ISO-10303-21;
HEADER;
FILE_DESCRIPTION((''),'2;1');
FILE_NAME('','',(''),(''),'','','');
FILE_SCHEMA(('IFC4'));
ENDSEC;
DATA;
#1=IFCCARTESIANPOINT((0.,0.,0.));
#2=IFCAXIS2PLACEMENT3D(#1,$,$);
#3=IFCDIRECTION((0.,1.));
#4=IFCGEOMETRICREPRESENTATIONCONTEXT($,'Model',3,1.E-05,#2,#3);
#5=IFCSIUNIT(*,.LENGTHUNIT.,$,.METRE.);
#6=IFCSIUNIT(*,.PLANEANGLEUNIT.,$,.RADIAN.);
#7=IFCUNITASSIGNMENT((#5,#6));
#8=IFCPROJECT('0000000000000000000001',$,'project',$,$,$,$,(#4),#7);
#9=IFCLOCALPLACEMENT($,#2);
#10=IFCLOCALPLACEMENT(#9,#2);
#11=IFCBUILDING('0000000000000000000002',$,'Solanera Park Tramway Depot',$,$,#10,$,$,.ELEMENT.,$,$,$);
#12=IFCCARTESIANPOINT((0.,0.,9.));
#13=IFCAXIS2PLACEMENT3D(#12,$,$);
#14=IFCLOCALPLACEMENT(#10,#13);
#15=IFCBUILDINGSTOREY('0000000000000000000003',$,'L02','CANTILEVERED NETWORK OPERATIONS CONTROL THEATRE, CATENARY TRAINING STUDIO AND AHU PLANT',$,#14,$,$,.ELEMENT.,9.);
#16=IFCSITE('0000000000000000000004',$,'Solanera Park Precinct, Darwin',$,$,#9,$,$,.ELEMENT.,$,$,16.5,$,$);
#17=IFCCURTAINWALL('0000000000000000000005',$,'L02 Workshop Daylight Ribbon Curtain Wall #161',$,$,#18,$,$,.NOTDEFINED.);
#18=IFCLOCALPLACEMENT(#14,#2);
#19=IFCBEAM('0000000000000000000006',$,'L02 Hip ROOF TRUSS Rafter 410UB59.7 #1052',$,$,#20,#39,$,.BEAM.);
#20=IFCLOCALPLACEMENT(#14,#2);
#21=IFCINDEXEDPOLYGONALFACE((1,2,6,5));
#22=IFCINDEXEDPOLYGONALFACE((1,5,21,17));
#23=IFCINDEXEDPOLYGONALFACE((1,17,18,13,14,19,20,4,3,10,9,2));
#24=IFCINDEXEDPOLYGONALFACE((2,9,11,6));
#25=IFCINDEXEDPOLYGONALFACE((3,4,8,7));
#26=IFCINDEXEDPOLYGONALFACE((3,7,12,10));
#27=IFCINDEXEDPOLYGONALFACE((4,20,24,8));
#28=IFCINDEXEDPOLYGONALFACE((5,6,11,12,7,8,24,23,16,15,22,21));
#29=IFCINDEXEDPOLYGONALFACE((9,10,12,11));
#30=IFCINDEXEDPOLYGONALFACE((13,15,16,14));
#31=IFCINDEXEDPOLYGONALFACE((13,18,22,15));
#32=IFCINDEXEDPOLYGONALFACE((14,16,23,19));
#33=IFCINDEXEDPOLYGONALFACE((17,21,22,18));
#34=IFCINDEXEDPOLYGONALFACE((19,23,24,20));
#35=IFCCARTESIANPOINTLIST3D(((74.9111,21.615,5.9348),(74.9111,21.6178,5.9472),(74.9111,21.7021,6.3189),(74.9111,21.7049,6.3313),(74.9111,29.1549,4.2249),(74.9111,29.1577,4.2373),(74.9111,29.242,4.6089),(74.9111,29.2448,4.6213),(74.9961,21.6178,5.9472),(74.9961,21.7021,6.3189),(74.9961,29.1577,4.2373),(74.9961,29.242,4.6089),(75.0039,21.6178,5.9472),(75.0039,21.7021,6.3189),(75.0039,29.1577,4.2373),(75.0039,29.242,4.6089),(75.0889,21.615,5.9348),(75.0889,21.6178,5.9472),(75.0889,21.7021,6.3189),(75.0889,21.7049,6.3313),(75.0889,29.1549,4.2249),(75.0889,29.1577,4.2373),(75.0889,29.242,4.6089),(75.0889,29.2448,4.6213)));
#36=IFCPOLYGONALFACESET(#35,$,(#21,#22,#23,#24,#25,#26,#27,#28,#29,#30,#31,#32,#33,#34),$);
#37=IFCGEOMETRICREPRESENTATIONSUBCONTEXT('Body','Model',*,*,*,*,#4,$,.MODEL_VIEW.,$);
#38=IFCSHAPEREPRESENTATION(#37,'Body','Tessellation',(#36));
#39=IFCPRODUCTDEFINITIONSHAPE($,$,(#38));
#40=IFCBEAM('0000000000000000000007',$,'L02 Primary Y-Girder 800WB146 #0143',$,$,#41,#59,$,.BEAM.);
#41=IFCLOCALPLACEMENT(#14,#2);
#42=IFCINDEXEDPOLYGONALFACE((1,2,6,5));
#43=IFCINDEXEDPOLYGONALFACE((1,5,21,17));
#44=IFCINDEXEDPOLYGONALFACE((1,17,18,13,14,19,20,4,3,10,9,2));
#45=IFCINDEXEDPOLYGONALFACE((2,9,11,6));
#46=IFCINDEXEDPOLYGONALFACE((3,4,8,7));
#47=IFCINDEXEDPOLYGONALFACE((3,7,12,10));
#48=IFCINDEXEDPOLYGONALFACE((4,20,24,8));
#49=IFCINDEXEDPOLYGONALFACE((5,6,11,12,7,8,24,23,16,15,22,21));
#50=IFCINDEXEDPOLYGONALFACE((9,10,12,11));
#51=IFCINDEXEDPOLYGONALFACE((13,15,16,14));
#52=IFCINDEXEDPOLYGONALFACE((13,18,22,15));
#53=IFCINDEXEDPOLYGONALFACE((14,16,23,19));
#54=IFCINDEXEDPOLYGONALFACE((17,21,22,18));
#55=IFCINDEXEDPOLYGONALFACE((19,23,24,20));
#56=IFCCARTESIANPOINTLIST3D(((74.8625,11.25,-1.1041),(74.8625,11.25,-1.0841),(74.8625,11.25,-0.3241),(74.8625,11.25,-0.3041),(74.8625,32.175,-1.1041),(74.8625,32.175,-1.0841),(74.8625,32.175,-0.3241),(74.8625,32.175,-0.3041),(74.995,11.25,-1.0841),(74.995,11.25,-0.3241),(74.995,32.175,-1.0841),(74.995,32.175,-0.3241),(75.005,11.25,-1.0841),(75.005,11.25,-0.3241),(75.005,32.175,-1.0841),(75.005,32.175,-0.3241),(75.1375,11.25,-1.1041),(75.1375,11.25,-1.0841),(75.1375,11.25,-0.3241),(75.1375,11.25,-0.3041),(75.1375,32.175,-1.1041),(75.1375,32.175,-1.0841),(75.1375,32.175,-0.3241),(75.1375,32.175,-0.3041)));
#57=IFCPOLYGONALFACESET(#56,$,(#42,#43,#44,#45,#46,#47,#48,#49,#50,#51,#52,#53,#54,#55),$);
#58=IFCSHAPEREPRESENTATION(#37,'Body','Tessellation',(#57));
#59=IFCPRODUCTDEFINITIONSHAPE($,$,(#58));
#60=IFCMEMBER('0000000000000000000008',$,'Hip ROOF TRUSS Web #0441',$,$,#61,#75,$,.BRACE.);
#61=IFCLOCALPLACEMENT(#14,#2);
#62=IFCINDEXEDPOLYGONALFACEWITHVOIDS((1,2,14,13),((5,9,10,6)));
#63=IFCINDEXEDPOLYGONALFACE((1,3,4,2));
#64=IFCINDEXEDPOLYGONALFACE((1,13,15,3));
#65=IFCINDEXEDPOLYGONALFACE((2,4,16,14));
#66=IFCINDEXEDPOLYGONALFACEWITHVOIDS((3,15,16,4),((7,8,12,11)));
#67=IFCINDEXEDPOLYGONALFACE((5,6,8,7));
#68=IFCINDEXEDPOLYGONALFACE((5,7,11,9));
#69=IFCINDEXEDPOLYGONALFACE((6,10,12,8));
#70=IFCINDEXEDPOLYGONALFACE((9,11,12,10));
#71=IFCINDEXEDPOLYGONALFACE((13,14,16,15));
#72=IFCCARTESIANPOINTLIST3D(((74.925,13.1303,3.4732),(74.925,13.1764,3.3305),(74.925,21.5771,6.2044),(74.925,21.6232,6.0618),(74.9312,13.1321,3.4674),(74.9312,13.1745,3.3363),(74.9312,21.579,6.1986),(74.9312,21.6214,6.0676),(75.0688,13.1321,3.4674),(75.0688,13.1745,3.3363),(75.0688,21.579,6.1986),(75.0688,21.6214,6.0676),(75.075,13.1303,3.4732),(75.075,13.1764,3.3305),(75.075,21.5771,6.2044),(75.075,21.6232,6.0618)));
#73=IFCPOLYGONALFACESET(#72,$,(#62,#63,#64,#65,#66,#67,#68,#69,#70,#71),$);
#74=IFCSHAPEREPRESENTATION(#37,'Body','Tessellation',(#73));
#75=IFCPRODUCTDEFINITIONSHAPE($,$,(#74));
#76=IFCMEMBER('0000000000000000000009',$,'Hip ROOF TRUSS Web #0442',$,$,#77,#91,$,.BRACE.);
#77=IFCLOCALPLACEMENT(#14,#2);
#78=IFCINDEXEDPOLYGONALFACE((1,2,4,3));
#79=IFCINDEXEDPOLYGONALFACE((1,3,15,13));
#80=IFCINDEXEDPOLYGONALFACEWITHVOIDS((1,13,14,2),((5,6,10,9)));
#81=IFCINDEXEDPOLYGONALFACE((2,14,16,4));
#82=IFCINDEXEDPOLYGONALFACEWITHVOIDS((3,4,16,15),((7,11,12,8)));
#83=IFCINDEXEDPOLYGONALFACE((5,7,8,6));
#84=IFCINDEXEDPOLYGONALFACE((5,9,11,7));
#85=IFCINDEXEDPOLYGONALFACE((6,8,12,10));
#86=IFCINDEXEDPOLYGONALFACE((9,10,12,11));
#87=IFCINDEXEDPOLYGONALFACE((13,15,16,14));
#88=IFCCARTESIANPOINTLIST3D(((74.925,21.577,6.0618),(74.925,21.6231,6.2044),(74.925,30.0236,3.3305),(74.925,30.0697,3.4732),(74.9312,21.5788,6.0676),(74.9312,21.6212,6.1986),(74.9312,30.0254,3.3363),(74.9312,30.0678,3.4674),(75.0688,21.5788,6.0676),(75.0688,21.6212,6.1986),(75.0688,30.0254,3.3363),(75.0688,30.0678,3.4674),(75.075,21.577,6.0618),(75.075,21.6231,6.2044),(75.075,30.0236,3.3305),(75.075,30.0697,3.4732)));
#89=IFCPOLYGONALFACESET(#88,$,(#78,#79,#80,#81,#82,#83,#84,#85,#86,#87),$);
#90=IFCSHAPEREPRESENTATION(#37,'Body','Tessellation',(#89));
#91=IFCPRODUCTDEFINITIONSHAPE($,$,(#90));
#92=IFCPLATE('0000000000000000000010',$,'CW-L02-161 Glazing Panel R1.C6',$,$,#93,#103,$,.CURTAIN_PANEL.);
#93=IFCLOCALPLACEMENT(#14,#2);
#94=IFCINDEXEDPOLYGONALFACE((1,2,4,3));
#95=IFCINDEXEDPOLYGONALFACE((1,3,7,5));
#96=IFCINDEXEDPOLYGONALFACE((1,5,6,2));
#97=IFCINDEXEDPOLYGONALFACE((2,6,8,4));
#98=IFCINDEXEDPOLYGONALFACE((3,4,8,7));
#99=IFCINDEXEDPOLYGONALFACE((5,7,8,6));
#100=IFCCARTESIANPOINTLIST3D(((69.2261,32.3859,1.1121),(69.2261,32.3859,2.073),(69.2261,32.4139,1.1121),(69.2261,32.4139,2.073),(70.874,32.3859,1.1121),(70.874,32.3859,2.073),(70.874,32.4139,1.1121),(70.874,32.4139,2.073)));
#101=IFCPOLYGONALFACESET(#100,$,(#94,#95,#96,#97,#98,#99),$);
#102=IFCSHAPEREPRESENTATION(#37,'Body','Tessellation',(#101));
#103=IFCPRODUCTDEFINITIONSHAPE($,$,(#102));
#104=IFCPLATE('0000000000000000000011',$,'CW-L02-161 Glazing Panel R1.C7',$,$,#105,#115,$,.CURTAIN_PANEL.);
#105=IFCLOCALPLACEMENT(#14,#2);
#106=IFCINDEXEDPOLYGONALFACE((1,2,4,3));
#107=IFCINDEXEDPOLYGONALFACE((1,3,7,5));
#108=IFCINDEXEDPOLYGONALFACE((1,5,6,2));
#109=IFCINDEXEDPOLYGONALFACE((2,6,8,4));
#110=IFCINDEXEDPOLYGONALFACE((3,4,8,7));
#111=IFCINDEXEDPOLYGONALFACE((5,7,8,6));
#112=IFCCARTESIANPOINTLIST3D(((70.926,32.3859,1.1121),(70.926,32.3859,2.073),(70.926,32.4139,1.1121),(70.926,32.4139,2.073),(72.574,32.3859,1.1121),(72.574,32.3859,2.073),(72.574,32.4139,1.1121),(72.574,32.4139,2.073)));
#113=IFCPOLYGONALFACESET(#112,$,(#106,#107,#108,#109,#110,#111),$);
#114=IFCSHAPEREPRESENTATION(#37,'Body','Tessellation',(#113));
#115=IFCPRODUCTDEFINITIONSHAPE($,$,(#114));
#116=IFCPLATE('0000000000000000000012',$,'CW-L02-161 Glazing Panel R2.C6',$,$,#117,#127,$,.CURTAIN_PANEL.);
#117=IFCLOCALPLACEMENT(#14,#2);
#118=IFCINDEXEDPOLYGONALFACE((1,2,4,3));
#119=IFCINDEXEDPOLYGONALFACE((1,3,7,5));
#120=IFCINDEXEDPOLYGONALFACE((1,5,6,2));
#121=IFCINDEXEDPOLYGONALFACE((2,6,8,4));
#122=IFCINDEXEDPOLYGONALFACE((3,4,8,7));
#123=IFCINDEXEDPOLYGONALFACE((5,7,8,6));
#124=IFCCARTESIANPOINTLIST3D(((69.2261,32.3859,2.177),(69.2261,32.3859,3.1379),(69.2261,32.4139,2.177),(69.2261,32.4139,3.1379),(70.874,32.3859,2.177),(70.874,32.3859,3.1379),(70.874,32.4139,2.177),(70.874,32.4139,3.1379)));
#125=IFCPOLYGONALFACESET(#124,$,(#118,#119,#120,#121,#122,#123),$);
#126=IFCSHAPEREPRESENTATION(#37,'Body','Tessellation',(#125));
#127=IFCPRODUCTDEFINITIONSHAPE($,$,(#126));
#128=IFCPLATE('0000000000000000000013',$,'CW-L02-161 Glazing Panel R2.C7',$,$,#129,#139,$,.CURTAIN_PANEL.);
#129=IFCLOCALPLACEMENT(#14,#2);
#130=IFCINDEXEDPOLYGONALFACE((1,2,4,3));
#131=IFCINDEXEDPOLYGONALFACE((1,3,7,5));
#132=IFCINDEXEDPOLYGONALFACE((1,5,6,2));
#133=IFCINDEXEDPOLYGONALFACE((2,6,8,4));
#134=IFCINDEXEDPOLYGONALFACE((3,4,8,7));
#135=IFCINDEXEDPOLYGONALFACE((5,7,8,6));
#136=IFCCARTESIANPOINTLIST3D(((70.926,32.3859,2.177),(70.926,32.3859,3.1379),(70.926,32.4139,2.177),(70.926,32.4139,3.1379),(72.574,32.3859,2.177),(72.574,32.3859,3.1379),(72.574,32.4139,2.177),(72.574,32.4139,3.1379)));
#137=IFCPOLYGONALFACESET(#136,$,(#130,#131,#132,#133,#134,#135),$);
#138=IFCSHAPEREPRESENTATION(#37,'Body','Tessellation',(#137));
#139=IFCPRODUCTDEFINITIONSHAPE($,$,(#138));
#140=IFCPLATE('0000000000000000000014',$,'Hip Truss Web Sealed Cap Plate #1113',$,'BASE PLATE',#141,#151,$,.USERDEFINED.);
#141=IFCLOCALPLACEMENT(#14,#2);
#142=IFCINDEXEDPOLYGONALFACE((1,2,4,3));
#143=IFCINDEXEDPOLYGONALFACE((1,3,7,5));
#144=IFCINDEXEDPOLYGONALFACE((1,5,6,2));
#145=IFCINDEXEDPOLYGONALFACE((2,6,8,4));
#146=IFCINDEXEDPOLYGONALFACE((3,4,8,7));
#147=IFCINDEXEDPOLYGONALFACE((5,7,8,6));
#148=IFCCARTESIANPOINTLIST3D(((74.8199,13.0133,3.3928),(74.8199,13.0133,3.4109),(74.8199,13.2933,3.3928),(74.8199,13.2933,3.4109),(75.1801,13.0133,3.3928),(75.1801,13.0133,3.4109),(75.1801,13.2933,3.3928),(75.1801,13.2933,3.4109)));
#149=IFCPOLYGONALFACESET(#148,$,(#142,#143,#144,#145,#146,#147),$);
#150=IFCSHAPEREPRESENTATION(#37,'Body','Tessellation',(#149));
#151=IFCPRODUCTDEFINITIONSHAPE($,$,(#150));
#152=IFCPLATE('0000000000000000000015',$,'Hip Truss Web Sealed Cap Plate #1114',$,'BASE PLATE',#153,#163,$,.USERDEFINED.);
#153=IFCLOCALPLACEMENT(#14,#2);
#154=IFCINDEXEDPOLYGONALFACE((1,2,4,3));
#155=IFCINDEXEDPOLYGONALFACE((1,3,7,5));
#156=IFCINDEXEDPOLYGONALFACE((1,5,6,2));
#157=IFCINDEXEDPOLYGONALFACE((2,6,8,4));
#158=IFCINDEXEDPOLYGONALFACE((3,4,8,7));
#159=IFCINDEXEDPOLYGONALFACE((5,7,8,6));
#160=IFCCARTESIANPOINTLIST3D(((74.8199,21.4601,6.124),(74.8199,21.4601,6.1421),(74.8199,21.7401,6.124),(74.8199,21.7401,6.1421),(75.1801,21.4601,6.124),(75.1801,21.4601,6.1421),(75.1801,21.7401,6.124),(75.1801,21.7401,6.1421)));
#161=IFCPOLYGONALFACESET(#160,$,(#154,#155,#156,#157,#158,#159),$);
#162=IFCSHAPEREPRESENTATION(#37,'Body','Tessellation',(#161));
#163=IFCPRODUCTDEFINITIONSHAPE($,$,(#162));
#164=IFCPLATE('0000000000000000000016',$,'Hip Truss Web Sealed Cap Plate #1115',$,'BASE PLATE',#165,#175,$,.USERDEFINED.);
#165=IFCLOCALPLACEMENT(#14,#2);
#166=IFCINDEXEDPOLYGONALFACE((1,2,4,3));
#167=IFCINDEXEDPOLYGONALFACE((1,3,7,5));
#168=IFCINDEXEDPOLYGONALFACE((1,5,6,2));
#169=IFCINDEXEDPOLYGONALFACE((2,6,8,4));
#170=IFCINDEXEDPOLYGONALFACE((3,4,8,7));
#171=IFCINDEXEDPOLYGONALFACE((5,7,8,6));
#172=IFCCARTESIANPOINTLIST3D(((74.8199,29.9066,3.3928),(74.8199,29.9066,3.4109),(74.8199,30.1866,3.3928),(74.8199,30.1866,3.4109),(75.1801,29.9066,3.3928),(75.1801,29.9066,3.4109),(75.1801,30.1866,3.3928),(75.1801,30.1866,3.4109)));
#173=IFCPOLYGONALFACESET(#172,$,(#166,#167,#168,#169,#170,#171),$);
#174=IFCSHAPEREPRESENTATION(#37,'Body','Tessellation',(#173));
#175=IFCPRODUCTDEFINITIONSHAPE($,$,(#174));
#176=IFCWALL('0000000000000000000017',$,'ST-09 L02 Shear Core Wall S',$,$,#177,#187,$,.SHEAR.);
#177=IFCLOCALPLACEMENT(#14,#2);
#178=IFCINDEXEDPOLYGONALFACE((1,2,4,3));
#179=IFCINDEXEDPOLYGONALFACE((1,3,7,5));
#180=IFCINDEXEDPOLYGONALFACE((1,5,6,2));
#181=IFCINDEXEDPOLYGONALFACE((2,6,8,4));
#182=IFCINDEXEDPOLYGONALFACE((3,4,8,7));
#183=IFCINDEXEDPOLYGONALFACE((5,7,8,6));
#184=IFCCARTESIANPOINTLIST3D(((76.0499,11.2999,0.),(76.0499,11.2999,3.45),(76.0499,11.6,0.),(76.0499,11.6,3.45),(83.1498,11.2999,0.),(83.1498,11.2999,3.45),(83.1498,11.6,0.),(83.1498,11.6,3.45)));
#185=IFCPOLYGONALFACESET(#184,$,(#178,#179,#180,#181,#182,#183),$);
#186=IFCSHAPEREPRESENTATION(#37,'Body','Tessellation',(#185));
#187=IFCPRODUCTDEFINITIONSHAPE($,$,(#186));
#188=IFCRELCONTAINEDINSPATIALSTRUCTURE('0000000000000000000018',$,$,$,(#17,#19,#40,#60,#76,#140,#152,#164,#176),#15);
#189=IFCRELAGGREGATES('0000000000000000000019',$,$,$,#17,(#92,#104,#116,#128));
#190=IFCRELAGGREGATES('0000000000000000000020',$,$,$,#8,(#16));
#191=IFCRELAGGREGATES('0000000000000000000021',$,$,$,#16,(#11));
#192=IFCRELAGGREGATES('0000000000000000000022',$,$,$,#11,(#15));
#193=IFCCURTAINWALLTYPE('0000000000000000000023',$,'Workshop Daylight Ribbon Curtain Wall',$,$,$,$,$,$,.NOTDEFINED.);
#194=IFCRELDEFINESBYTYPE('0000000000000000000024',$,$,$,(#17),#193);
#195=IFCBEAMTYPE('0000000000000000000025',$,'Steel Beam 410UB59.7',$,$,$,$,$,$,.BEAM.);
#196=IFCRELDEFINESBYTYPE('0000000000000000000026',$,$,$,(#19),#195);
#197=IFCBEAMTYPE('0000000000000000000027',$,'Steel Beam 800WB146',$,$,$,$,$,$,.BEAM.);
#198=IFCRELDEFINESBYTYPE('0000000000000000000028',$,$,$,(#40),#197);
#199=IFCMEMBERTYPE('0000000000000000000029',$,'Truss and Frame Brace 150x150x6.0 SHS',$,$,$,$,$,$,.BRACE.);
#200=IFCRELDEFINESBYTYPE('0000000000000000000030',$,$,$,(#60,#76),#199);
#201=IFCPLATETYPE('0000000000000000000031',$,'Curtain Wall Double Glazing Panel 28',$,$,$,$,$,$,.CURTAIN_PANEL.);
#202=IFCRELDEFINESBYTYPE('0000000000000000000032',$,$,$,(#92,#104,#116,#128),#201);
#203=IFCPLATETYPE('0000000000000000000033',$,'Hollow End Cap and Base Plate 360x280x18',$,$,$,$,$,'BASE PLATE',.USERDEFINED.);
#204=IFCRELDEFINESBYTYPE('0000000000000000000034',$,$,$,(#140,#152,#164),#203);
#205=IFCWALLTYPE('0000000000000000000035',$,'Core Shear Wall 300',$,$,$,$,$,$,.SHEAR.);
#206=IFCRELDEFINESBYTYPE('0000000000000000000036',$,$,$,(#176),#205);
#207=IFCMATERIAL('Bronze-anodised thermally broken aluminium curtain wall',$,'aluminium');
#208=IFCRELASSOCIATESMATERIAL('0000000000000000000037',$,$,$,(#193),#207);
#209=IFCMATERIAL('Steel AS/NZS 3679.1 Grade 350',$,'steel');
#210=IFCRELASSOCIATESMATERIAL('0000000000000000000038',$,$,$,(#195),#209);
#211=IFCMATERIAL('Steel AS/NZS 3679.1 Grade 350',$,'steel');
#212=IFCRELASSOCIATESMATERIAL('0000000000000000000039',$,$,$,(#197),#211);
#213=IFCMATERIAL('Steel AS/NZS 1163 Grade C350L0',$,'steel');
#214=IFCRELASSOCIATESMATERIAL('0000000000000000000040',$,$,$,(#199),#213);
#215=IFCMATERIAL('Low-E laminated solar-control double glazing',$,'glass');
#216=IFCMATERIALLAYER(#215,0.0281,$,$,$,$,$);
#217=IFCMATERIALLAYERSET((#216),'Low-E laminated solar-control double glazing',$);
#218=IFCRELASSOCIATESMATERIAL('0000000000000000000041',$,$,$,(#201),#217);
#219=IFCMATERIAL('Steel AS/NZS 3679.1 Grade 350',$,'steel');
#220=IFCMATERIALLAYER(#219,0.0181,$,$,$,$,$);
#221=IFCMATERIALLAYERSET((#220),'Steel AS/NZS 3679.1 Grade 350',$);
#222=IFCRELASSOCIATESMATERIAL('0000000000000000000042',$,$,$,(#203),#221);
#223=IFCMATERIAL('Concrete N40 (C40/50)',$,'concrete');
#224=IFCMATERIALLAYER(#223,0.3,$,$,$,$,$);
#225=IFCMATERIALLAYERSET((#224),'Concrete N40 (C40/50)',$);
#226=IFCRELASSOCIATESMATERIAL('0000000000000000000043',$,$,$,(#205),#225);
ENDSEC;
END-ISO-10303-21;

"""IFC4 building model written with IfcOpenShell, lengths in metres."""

from ifc_helpers import new_model, si_unit, direction, frame, frame_2d, origin, origin_2d, place, context, subcontext, project, spatial, rectangle, hollow_rectangle, i_section, extrude, material, layer, layer_set, material_profile, profile_set, type_object, element, aggregate, save


model = new_model("IFC4")

# Units and contexts
model_context = context("Model", 3, precision=1e-05, world=origin(), true_north=direction((0.0, 1.0)))
body_context = subcontext(model_context, "Body", "Model", "MODEL_VIEW")
ifc_project = project(units=[si_unit("LENGTHUNIT", "METRE"), si_unit("PLANEANGLEUNIT", "RADIAN")], contexts=[model_context])

# Site, building, storey
site_placement = place(None, origin())
site = spatial("IfcSite", under=ifc_project, at=site_placement, Name="Solanera Park Precinct, Darwin", CompositionType="ELEMENT", RefElevation=16.5)
building_placement = place(site_placement, origin())
building = spatial("IfcBuilding", under=site, at=building_placement, Name="Solanera Park Tramway Depot", CompositionType="ELEMENT")
storey_placement = place(building_placement, frame((0.0, 0.0, 9.0)))
storey = spatial("IfcBuildingStorey", under=building, at=storey_placement, Name="L02", Description="CANTILEVERED NETWORK OPERATIONS CONTROL THEATRE, CATENARY TRAINING STUDIO AND AHU PLANT", CompositionType="ELEMENT", Elevation=9.0)

# Curtain wall
ifc_material_1 = material(Name="Bronze-anodised thermally broken aluminium curtain wall", Category="aluminium")
curtain_wall_type = type_object("IfcCurtainWallType", Name="Workshop Daylight Ribbon Curtain Wall", PredefinedType="NOTDEFINED", material=ifc_material_1)
curtain_wall_placement = place(storey_placement, origin())
curtain_wall = element("IfcCurtainWall", 1, at=curtain_wall_placement, inside=storey, type_object=curtain_wall_type, Name="L02 Workshop Daylight Ribbon Curtain Wall #161", PredefinedType="NOTDEFINED")

# Beams
ifc_material_2 = material(Name="Steel AS/NZS 3679.1 Grade 350", Category="steel")
ifc_material_profile_1 = material_profile(ifc_material_2, i_section(OverallWidth=0.1777, OverallDepth=0.4065, WebThickness=0.0078, FlangeThickness=0.0127, at=origin_2d()), Name="410UB59.7")
ifc_profile_set_1 = profile_set([ifc_material_profile_1], Name="Steel AS/NZS 3679.1 Grade 350")
beam_type_1 = type_object("IfcBeamType", Name="Steel Beam 410UB59.7", PredefinedType="BEAM", material=ifc_profile_set_1)
for number, where, z_axis, x_axis, name in (
    (2, (75.0, 21.6599, 6.1331), (0.0, 0.975236, -0.221168), (-1.0, 0.0, 0.0), "L02 Hip ROOF TRUSS Rafter 410UB59.7 #1052"),
):
    element("IfcBeam", number, at=place(storey_placement, frame(where, z_axis=z_axis, x_axis=x_axis)), inside=storey, type_object=beam_type_1, Name=name, PredefinedType="BEAM", context=body_context, shape_type="SweptSolid", body=[
        extrude(i_section(OverallWidth=0.1777, OverallDepth=0.4065, WebThickness=0.0078, FlangeThickness=0.0127, at=origin_2d()), origin(), (0.0, 0.0, 1.0), 7.7314),
    ])
ifc_material_3 = material(Name="Steel AS/NZS 3679.1 Grade 350", Category="steel")
ifc_material_profile_2 = material_profile(ifc_material_3, i_section(OverallWidth=0.2749, OverallDepth=0.8, WebThickness=0.01, FlangeThickness=0.02, at=origin_2d()), Name="800WB146")
ifc_profile_set_2 = profile_set([ifc_material_profile_2], Name="Steel AS/NZS 3679.1 Grade 350")
beam_type_2 = type_object("IfcBeamType", Name="Steel Beam 800WB146", PredefinedType="BEAM", material=ifc_profile_set_2)
beam_1_placement = place(storey_placement, frame((75.0, 11.25, -0.7041), z_axis=(0.0, 1.0, 0.0), x_axis=(-1.0, 0.0, 0.0)))
element("IfcBeam", 3, at=beam_1_placement, inside=storey, type_object=beam_type_2, Name="L02 Primary Y-Girder 800WB146 #0143", PredefinedType="BEAM", context=body_context, shape_type="SweptSolid", body=[
    extrude(i_section(OverallWidth=0.2749, OverallDepth=0.8, WebThickness=0.01, FlangeThickness=0.02, at=origin_2d()), origin(), (0.0, 0.0, 1.0), 20.925),
])

# Members
ifc_material_4 = material(Name="Steel AS/NZS 1163 Grade C350L0", Category="steel")
ifc_material_profile_3 = material_profile(ifc_material_4, hollow_rectangle(XDim=0.1499, YDim=0.1499, WallThickness=0.0061, at=origin_2d()), Name="150x150x6.0 SHS")
ifc_profile_set_3 = profile_set([ifc_material_profile_3], Name="Steel AS/NZS 1163 Grade C350L0")
member_type_1 = type_object("IfcMemberType", Name="Truss and Frame Brace 150x150x6.0 SHS", PredefinedType="BRACE", material=ifc_profile_set_3)
member_1_placement = place(storey_placement, frame((75.0, 13.1533, 3.4019), z_axis=(0.0, 0.951497, 0.307659), x_axis=(-1.0, 0.0, 0.0)))
element("IfcMember", 4, at=member_1_placement, inside=storey, type_object=member_type_1, Name="Hip ROOF TRUSS Web #0441", PredefinedType="BRACE", context=body_context, shape_type="SweptSolid", body=[
    extrude(hollow_rectangle(XDim=0.1499, YDim=0.1499, WallThickness=0.0061, at=origin_2d()), origin(), (0.0, 0.0, 1.0), 8.8774),
])
member_2_placement = place(storey_placement, frame((75.0, 30.0466, 3.4019), z_axis=(0.0, -0.951494, 0.307667), x_axis=(1.0, 0.0, 0.0)))
element("IfcMember", 5, at=member_2_placement, inside=storey, type_object=member_type_1, Name="Hip ROOF TRUSS Web #0442", PredefinedType="BRACE", context=body_context, shape_type="SweptSolid", body=[
    extrude(hollow_rectangle(XDim=0.1499, YDim=0.1499, WallThickness=0.0061, at=origin_2d()), origin(), (0.0, 0.0, 1.0), 8.8772),
])

# Plates
ifc_material_5 = material(Name="Low-E laminated solar-control double glazing", Category="glass")
ifc_layer_1 = layer(ifc_material_5, 0.0281)
ifc_layer_set_1 = layer_set([ifc_layer_1], Name="Low-E laminated solar-control double glazing")
plate_type_1 = type_object("IfcPlateType", Name="Curtain Wall Double Glazing Panel 28", PredefinedType="CURTAIN_PANEL", material=ifc_layer_set_1)
plate_1_placement = place(storey_placement, frame((70.05, 32.3999, 1.1121), z_axis=(0.0, 0.0, 1.0), x_axis=(1.0, 0.0, 0.0)))
plate_1 = element("IfcPlate", 6, at=plate_1_placement, type_object=plate_type_1, Name="CW-L02-161 Glazing Panel R1.C6", PredefinedType="CURTAIN_PANEL", context=body_context, shape_type="SweptSolid", body=[
    extrude(rectangle(XDim=1.6479, YDim=0.0281, at=origin_2d()), origin(), (0.0, 0.0, 1.0), 0.9609),
])
plate_2_placement = place(storey_placement, frame((71.75, 32.3999, 1.1121), z_axis=(0.0, 0.0, 1.0), x_axis=(1.0, 0.0, 0.0)))
plate_2 = element("IfcPlate", 7, at=plate_2_placement, type_object=plate_type_1, Name="CW-L02-161 Glazing Panel R1.C7", PredefinedType="CURTAIN_PANEL", context=body_context, shape_type="SweptSolid", body=[
    extrude(rectangle(XDim=1.6479, YDim=0.0281, at=origin_2d()), origin(), (0.0, 0.0, 1.0), 0.9609),
])
plate_3_placement = place(storey_placement, frame((70.05, 32.3999, 2.177), z_axis=(0.0, 0.0, 1.0), x_axis=(1.0, 0.0, 0.0)))
plate_3 = element("IfcPlate", 8, at=plate_3_placement, type_object=plate_type_1, Name="CW-L02-161 Glazing Panel R2.C6", PredefinedType="CURTAIN_PANEL", context=body_context, shape_type="SweptSolid", body=[
    extrude(rectangle(XDim=1.6479, YDim=0.0281, at=origin_2d()), origin(), (0.0, 0.0, 1.0), 0.9609),
])
plate_4_placement = place(storey_placement, frame((71.75, 32.3999, 2.177), z_axis=(0.0, 0.0, 1.0), x_axis=(1.0, 0.0, 0.0)))
plate_4 = element("IfcPlate", 9, at=plate_4_placement, type_object=plate_type_1, Name="CW-L02-161 Glazing Panel R2.C7", PredefinedType="CURTAIN_PANEL", context=body_context, shape_type="SweptSolid", body=[
    extrude(rectangle(XDim=1.6479, YDim=0.0281, at=origin_2d()), origin(), (0.0, 0.0, 1.0), 0.9609),
])
aggregate(curtain_wall, [plate_1, plate_2, plate_3, plate_4])

# Plates
ifc_material_6 = material(Name="Steel AS/NZS 3679.1 Grade 350", Category="steel")
ifc_layer_2 = layer(ifc_material_6, 0.0181)
ifc_layer_set_2 = layer_set([ifc_layer_2], Name="Steel AS/NZS 3679.1 Grade 350")
plate_type_2 = type_object("IfcPlateType", Name="Hollow End Cap and Base Plate 360x280x18", ElementType="BASE PLATE", PredefinedType="USERDEFINED", material=ifc_layer_set_2)
for number, where, z_axis, x_axis, name in (
    (10, (75.0, 13.1533, 3.3928), (0.0, 0.0, 1.0), (1.0, 0.0, 0.0), "Hip Truss Web Sealed Cap Plate #1113"),
    (11, (75.0, 21.6001, 6.124), (0.0, 0.0, 1.0), (1.0, 0.0, 0.0), "Hip Truss Web Sealed Cap Plate #1114"),
    (12, (75.0, 30.0466, 3.3928), (0.0, 0.0, 1.0), (1.0, 0.0, 0.0), "Hip Truss Web Sealed Cap Plate #1115"),
):
    element("IfcPlate", number, at=place(storey_placement, frame(where, z_axis=z_axis, x_axis=x_axis)), inside=storey, type_object=plate_type_2, Name=name, ObjectType="BASE PLATE", PredefinedType="USERDEFINED", context=body_context, shape_type="SweptSolid", body=[
        extrude(rectangle(XDim=0.3601, YDim=0.28, at=origin_2d()), origin(), (0.0, 0.0, 1.0), 0.0181),
    ])

# Wall
ifc_material_7 = material(Name="Concrete N40 (C40/50)", Category="concrete")
ifc_layer_3 = layer(ifc_material_7, 0.3)
ifc_layer_set_3 = layer_set([ifc_layer_3], Name="Concrete N40 (C40/50)")
wall_type_1 = type_object("IfcWallType", Name="Core Shear Wall 300", PredefinedType="SHEAR", material=ifc_layer_set_3)
for number, where, z_axis, x_axis, name in (
    (13, (76.05, 11.45, 0.0), (0.0, 0.0, 1.0), (1.0, 0.0, 0.0), "ST-09 L02 Shear Core Wall S"),
):
    element("IfcWall", number, at=place(storey_placement, frame(where, z_axis=z_axis, x_axis=x_axis)), inside=storey, type_object=wall_type_1, Name=name, PredefinedType="SHEAR", context=body_context, shape_type="SweptSolid", body=[
        extrude(rectangle(XDim=7.0999, YDim=0.3, at=frame_2d((3.5498, 0.0))), origin(), (0.0, 0.0, 1.0), 3.45),
    ])

save(model, "model.ifc")
